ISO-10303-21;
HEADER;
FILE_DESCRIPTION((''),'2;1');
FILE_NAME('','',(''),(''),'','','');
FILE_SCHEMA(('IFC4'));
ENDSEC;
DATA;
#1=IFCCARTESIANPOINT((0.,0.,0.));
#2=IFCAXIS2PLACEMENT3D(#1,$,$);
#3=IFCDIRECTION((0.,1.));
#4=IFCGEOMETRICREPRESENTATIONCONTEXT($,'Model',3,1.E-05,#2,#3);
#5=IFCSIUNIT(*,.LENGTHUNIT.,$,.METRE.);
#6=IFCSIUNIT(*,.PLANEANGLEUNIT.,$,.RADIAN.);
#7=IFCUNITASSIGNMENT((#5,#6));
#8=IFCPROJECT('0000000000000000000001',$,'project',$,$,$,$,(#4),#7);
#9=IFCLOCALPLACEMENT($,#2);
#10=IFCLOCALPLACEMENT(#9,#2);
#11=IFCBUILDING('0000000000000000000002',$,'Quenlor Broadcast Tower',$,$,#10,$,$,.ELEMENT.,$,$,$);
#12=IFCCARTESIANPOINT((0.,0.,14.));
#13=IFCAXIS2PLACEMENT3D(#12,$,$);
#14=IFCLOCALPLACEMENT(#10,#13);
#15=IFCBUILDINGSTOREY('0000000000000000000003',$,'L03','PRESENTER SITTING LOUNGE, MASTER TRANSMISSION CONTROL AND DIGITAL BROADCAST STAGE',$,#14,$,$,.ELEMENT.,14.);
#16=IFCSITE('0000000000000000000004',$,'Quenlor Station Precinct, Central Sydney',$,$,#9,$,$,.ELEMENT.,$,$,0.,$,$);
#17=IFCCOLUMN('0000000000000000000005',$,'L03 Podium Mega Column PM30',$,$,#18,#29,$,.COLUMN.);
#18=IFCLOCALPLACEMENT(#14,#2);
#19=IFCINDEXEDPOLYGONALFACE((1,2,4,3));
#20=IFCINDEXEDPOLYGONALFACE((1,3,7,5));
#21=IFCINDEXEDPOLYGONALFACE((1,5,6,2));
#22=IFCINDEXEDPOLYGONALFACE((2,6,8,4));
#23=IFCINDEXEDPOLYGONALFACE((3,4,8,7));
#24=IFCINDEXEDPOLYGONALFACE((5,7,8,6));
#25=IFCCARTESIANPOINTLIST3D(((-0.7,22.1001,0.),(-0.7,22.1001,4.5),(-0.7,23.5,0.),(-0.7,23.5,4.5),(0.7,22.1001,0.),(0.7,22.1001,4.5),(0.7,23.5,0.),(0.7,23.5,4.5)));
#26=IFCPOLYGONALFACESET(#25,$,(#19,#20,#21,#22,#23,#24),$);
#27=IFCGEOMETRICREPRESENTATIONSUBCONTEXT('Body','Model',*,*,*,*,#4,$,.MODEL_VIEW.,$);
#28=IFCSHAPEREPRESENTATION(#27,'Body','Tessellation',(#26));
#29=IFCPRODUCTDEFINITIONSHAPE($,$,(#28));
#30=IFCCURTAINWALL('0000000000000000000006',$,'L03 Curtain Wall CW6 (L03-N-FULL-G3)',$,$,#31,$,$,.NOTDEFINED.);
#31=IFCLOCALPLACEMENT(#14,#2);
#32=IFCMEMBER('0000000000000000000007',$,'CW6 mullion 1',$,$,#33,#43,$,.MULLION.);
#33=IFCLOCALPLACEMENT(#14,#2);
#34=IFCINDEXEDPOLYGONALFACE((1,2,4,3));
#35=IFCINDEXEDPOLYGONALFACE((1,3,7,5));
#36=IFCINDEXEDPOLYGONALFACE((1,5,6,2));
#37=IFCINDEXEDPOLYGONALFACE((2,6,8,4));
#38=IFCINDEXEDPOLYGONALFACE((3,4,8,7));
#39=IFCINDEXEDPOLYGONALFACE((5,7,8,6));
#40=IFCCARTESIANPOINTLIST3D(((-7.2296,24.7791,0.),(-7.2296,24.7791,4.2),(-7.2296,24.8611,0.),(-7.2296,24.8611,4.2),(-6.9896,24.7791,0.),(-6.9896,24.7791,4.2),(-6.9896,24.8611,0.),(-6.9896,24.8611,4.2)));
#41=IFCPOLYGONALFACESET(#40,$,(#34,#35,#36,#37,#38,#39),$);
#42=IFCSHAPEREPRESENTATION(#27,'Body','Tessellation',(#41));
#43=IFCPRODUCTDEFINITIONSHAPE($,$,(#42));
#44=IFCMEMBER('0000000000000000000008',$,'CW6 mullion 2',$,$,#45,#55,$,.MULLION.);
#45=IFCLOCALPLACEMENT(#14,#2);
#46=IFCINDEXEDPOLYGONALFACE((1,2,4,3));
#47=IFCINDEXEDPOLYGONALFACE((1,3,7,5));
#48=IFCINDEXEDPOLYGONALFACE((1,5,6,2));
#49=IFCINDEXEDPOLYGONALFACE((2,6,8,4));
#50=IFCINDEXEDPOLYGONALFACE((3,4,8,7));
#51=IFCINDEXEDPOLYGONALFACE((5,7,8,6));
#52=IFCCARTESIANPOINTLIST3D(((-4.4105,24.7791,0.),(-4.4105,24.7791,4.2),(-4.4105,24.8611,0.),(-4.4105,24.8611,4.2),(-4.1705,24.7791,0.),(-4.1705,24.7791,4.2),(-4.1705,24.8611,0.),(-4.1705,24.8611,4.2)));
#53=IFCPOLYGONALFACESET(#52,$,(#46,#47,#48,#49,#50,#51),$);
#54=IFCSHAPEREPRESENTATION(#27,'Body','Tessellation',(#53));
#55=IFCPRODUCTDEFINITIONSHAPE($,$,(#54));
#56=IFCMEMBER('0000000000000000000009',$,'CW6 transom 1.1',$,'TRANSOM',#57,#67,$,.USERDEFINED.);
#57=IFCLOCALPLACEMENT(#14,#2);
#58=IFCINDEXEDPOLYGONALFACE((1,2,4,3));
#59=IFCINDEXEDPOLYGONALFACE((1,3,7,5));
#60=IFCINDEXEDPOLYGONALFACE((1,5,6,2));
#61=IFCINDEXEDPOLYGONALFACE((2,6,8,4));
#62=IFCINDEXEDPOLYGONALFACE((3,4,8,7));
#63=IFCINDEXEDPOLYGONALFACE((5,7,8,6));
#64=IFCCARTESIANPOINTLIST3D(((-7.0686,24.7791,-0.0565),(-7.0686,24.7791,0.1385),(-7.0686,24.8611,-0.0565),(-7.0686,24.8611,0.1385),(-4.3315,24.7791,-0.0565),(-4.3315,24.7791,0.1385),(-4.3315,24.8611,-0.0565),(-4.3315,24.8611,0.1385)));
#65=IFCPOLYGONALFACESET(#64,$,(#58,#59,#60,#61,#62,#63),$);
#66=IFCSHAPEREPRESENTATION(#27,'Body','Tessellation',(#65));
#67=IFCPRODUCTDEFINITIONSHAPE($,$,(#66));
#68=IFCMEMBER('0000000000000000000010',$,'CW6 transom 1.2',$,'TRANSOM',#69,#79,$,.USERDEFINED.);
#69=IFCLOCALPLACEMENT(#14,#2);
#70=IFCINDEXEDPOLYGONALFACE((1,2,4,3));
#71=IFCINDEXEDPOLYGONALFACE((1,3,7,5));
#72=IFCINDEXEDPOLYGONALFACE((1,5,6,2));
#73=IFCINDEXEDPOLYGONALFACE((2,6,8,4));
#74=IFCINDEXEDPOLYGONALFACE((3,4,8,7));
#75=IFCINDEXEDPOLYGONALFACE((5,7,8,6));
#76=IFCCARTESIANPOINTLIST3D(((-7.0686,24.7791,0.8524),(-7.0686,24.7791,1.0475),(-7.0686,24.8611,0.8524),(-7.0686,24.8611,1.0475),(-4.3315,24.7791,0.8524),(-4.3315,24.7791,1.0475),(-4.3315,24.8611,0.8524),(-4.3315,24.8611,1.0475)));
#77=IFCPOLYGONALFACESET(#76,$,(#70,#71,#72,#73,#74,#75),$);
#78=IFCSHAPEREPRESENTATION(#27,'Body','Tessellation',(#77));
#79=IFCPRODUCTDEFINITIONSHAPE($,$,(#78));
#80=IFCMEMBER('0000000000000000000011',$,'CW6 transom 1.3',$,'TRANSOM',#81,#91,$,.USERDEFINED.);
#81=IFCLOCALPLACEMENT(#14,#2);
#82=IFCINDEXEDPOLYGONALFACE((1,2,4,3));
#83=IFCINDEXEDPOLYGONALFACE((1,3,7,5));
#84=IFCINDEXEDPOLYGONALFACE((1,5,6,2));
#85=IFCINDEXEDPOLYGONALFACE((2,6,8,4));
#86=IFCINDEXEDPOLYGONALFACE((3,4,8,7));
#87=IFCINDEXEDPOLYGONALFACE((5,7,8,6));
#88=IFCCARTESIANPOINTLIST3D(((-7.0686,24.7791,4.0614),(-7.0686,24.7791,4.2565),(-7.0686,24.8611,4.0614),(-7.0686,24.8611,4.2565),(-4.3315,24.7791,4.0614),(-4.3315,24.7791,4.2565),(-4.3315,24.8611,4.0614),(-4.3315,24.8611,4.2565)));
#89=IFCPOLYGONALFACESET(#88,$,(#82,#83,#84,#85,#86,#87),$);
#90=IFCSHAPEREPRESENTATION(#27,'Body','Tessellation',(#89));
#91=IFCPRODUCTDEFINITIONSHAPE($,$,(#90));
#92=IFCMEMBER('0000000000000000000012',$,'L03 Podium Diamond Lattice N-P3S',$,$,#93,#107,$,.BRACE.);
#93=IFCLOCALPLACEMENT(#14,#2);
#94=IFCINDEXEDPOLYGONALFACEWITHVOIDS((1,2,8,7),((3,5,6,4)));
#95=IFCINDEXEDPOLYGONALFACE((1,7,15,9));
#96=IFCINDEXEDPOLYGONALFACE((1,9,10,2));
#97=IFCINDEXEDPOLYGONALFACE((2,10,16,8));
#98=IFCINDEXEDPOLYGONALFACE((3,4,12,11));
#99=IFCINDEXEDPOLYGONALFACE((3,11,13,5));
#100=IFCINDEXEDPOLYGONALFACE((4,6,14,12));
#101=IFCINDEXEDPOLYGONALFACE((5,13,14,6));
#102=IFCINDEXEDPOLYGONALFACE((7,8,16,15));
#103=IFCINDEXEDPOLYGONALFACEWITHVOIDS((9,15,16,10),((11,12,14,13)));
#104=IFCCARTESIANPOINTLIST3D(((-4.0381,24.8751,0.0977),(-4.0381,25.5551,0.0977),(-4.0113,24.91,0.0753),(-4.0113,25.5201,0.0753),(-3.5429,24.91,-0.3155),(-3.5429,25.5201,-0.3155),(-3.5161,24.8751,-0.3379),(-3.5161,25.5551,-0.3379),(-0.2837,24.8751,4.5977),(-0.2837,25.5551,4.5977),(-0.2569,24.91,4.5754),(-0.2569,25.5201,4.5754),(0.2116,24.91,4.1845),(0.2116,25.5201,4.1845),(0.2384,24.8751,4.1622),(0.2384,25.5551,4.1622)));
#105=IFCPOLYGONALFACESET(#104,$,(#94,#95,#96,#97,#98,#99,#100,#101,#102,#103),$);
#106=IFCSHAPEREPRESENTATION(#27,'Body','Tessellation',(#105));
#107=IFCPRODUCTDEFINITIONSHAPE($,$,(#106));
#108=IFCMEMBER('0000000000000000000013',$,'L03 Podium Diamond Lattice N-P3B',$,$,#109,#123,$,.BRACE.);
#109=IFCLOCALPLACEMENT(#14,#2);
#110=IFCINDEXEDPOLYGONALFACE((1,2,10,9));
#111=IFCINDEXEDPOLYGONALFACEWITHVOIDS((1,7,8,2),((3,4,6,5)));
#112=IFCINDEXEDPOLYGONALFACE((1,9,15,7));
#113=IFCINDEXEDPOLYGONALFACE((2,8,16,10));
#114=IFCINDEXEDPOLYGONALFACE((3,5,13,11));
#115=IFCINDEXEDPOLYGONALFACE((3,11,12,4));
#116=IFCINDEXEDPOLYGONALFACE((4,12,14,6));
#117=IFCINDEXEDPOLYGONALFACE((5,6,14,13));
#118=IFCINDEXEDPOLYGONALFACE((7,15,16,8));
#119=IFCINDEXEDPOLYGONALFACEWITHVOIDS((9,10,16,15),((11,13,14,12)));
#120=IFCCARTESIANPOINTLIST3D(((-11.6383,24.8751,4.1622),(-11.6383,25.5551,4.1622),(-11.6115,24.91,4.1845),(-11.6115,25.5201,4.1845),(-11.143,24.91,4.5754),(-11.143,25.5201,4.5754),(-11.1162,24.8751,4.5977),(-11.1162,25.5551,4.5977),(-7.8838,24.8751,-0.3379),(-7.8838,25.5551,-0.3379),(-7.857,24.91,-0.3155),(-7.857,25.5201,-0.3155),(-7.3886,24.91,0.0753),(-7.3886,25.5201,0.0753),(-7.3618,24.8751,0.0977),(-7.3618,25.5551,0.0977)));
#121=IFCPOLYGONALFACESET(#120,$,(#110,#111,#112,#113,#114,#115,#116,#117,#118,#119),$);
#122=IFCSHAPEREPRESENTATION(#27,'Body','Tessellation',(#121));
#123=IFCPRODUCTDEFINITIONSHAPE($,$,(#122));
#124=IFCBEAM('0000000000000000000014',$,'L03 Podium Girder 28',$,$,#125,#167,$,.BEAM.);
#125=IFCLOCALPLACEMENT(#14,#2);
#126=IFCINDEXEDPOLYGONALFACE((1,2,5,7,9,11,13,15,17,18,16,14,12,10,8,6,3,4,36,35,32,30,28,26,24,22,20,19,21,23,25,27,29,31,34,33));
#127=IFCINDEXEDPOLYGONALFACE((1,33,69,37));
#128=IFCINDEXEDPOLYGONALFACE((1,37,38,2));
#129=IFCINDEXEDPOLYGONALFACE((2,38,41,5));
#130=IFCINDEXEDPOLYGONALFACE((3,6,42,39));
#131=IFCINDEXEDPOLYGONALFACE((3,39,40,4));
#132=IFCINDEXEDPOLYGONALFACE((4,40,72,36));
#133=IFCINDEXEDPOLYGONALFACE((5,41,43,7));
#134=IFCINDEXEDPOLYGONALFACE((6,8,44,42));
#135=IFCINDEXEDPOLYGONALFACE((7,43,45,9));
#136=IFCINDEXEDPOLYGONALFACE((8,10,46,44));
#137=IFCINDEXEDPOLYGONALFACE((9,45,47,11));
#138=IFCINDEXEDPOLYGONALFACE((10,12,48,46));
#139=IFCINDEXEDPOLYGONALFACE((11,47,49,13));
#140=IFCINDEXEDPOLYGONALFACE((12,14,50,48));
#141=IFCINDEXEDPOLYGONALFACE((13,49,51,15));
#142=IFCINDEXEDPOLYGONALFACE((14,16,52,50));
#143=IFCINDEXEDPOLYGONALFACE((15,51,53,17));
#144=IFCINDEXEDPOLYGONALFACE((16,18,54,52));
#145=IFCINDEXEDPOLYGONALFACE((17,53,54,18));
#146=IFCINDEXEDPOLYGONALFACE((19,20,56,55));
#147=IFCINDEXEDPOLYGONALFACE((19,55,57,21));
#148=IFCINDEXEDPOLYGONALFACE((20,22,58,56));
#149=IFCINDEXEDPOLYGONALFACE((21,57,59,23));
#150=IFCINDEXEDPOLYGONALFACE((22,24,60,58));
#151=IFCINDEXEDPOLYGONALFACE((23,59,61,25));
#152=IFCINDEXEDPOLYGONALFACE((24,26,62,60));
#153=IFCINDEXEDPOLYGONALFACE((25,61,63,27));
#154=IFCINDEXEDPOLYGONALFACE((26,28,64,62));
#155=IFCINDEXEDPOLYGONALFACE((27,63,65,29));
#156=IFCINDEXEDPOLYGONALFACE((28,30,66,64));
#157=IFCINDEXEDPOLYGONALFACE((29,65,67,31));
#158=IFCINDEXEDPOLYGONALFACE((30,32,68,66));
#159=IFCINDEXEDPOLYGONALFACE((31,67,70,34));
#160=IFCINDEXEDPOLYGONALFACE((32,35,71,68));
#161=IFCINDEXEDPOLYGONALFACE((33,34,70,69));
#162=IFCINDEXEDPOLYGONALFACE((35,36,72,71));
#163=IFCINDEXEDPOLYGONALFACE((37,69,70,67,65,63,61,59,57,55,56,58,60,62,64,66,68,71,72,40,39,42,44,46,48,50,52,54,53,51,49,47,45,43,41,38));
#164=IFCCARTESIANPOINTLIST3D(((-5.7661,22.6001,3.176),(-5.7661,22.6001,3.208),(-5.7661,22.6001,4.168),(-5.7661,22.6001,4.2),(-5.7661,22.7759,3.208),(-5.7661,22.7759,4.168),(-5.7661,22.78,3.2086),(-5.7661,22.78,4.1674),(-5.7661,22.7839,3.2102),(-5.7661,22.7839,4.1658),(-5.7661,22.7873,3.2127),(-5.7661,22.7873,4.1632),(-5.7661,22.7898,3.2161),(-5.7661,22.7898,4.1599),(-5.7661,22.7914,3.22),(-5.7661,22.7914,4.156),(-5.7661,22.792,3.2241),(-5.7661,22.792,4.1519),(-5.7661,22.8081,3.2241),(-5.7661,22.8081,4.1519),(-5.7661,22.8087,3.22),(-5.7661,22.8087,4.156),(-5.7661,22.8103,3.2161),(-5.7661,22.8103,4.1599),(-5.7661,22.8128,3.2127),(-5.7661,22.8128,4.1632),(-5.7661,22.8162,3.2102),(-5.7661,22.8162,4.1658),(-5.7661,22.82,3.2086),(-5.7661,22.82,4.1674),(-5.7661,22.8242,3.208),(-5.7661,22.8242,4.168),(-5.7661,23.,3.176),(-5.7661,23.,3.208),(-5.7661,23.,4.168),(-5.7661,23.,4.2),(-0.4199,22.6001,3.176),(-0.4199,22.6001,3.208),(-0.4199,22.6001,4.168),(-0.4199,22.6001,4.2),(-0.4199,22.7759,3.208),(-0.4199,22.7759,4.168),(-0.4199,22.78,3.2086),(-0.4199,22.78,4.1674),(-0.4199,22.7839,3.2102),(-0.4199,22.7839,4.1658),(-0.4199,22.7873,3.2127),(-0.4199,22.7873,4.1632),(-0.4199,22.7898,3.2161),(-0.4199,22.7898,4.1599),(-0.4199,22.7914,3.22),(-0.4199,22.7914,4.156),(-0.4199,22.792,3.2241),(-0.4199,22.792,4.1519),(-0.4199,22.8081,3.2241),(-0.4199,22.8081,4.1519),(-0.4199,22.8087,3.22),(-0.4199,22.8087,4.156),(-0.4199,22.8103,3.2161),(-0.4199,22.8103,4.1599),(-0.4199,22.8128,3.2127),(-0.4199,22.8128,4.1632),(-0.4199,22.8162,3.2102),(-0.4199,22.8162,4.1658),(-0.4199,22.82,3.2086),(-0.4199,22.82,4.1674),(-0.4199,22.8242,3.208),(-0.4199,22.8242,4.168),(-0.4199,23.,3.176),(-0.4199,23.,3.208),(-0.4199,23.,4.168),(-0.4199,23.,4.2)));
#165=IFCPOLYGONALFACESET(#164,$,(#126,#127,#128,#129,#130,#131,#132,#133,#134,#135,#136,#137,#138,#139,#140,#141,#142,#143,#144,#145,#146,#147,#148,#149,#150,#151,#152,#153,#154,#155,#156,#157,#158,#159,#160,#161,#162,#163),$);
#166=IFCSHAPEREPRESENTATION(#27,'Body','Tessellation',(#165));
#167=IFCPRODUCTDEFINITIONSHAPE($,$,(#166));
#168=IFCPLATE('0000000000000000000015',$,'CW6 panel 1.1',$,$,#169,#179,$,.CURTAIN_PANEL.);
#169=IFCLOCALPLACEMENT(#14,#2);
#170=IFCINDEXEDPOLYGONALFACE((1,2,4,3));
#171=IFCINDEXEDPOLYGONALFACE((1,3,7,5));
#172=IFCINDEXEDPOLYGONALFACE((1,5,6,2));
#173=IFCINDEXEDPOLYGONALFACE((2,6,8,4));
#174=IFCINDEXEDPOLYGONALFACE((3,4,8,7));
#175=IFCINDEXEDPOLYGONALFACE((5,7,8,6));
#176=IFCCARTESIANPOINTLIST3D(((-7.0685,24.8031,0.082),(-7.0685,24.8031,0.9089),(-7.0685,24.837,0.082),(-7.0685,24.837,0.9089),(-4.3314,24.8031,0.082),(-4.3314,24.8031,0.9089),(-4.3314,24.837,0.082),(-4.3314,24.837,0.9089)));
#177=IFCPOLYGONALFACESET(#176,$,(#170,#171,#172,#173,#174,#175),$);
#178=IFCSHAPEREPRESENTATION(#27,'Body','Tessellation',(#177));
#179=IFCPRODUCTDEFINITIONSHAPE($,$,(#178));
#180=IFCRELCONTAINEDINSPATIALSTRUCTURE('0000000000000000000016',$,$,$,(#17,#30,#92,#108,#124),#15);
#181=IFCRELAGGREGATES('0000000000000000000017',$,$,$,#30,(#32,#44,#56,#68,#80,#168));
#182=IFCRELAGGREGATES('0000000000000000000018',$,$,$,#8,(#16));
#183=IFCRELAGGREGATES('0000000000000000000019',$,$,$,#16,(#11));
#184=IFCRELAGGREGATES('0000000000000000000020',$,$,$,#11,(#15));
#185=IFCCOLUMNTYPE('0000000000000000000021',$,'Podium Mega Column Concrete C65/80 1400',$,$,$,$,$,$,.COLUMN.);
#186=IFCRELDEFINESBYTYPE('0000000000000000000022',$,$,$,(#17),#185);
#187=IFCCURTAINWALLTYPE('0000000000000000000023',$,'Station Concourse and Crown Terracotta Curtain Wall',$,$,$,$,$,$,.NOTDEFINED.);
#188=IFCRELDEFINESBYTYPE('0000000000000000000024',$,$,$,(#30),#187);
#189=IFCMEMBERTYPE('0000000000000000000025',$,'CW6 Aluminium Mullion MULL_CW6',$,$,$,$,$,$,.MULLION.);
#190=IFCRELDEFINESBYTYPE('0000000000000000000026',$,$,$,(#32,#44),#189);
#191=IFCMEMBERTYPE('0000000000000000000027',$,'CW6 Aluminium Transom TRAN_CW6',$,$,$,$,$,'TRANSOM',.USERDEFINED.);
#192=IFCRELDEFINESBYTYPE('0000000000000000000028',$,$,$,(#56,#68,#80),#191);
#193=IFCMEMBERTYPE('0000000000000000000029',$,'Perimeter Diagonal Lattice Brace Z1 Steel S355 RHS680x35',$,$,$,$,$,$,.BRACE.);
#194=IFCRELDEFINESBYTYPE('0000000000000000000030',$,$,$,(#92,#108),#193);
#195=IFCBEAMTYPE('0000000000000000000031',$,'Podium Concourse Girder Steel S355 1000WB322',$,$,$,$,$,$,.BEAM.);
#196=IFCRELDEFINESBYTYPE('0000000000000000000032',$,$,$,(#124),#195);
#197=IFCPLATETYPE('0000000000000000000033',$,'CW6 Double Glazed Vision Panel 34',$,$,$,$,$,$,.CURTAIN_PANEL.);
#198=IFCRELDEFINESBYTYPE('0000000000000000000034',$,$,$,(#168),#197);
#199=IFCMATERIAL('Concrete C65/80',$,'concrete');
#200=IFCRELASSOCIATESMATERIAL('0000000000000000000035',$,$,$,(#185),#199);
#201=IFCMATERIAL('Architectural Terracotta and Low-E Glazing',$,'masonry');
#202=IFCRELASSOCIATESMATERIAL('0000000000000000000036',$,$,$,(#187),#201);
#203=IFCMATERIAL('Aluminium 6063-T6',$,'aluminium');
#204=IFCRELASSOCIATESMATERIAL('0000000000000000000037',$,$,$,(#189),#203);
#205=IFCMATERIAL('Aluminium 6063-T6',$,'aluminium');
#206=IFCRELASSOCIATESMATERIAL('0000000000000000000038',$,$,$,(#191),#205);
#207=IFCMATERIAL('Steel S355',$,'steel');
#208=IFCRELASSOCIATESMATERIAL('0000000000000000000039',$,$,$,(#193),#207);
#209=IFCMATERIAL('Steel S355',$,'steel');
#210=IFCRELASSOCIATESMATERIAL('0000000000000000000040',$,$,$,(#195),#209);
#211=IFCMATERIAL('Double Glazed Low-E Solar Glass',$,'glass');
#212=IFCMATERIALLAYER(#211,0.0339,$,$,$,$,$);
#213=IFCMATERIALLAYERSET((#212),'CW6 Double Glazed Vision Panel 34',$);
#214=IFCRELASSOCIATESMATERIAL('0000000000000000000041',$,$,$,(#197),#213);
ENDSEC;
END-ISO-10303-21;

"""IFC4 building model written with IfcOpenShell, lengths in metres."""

from ifc_helpers import new_model, si_unit, direction, frame, origin, origin_2d, place, context, subcontext, project, spatial, rectangle, hollow_rectangle, i_section, extrude, material, layer, layer_set, material_profile, profile_set, type_object, element, aggregate, save


model = new_model("IFC4")

# Units and contexts
model_context = context("Model", 3, precision=1e-05, world=origin(), true_north=direction((0.0, 1.0)))
body_context = subcontext(model_context, "Body", "Model", "MODEL_VIEW")
ifc_project = project(units=[si_unit("LENGTHUNIT", "METRE"), si_unit("PLANEANGLEUNIT", "RADIAN")], contexts=[model_context])

# Site, building, storey
site_placement = place(None, origin())
site = spatial("IfcSite", under=ifc_project, at=site_placement, Name="Quenlor Station Precinct, Central Sydney", CompositionType="ELEMENT", RefElevation=0.0)
building_placement = place(site_placement, origin())
building = spatial("IfcBuilding", under=site, at=building_placement, Name="Quenlor Broadcast Tower", CompositionType="ELEMENT")
storey_placement = place(building_placement, frame((0.0, 0.0, 14.0)))
storey = spatial("IfcBuildingStorey", under=building, at=storey_placement, Name="L03", Description="PRESENTER SITTING LOUNGE, MASTER TRANSMISSION CONTROL AND DIGITAL BROADCAST STAGE", CompositionType="ELEMENT", Elevation=14.0)

# Column
ifc_material_1 = material(Name="Concrete C65/80", Category="concrete")
ifc_material_profile_1 = material_profile(ifc_material_1, rectangle(XDim=1.3999, YDim=1.3999, at=origin_2d()))
ifc_profile_set_1 = profile_set([ifc_material_profile_1], Name="Concrete C65/80 RC1400x1400")
column_type = type_object("IfcColumnType", Name="Podium Mega Column Concrete C65/80 1400", PredefinedType="COLUMN", material=ifc_profile_set_1)
column_placement = place(storey_placement, frame((0.0, 22.8, 0.0), z_axis=(0.0, 0.0, 1.0), x_axis=(1.0, 0.0, 0.0)))
element("IfcColumn", 1, at=column_placement, inside=storey, type_object=column_type, Name="L03 Podium Mega Column PM30", PredefinedType="COLUMN", context=body_context, shape_type="SweptSolid", body=[
    extrude(rectangle(XDim=1.3999, YDim=1.3999, at=origin_2d()), origin(), (0.0, 0.0, 1.0), 4.5),
])

# Curtain wall, members
ifc_material_2 = material(Name="Architectural Terracotta and Low-E Glazing", Category="masonry")
curtain_wall_type = type_object("IfcCurtainWallType", Name="Station Concourse and Crown Terracotta Curtain Wall", PredefinedType="NOTDEFINED", material=ifc_material_2)
curtain_wall_placement = place(storey_placement, origin())
curtain_wall = element("IfcCurtainWall", 2, at=curtain_wall_placement, inside=storey, type_object=curtain_wall_type, Name="L03 Curtain Wall CW6 (L03-N-FULL-G3)", PredefinedType="NOTDEFINED")
ifc_material_3 = material(Name="Aluminium 6063-T6", Category="aluminium")
ifc_material_profile_2 = material_profile(ifc_material_3, rectangle(XDim=0.082, YDim=0.24, at=origin_2d()))
ifc_profile_set_2 = profile_set([ifc_material_profile_2], Name="Aluminium 6063-T6 MULL82x240")
member_type_1 = type_object("IfcMemberType", Name="CW6 Aluminium Mullion MULL_CW6", PredefinedType="MULLION", material=ifc_profile_set_2)
member_1_placement = place(storey_placement, frame((-7.1096, 24.8201, 0.0), z_axis=(0.0, 0.0, 1.0), x_axis=(0.0, 1.0, 0.0)))
member_1 = element("IfcMember", 3, at=member_1_placement, type_object=member_type_1, Name="CW6 mullion 1", PredefinedType="MULLION", context=body_context, shape_type="SweptSolid", body=[
    extrude(rectangle(XDim=0.082, YDim=0.24, at=origin_2d()), origin(), (0.0, 0.0, 1.0), 4.2),
])
member_2_placement = place(storey_placement, frame((-4.2905, 24.8201, 0.0), z_axis=(0.0, 0.0, 1.0), x_axis=(0.0, 1.0, 0.0)))
member_2 = element("IfcMember", 4, at=member_2_placement, type_object=member_type_1, Name="CW6 mullion 2", PredefinedType="MULLION", context=body_context, shape_type="SweptSolid", body=[
    extrude(rectangle(XDim=0.082, YDim=0.24, at=origin_2d()), origin(), (0.0, 0.0, 1.0), 4.2),
])
ifc_material_4 = material(Name="Aluminium 6063-T6", Category="aluminium")
ifc_material_profile_3 = material_profile(ifc_material_4, rectangle(XDim=0.082, YDim=0.1951, at=origin_2d()))
ifc_profile_set_3 = profile_set([ifc_material_profile_3], Name="Aluminium 6063-T6 TRAN82x195")
member_type_2 = type_object("IfcMemberType", Name="CW6 Aluminium Transom TRAN_CW6", ElementType="TRANSOM", PredefinedType="USERDEFINED", material=ifc_profile_set_3)
member_3_placement = place(storey_placement, frame((-7.0686, 24.8201, 0.041), z_axis=(1.0, 0.0, 0.0), x_axis=(0.0, 1.0, 0.0)))
member_3 = element("IfcMember", 5, at=member_3_placement, type_object=member_type_2, Name="CW6 transom 1.1", ObjectType="TRANSOM", PredefinedType="USERDEFINED", context=body_context, shape_type="SweptSolid", body=[
    extrude(rectangle(XDim=0.082, YDim=0.1951, at=origin_2d()), origin(), (0.0, 0.0, 1.0), 2.7371),
])
member_4_placement = place(storey_placement, frame((-7.0686, 24.8201, 0.95), z_axis=(1.0, 0.0, 0.0), x_axis=(0.0, 1.0, 0.0)))
member_4 = element("IfcMember", 6, at=member_4_placement, type_object=member_type_2, Name="CW6 transom 1.2", ObjectType="TRANSOM", PredefinedType="USERDEFINED", context=body_context, shape_type="SweptSolid", body=[
    extrude(rectangle(XDim=0.082, YDim=0.1951, at=origin_2d()), origin(), (0.0, 0.0, 1.0), 2.7371),
])
member_5_placement = place(storey_placement, frame((-7.0686, 24.8201, 4.1589), z_axis=(1.0, 0.0, 0.0), x_axis=(0.0, 1.0, 0.0)))
member_5 = element("IfcMember", 7, at=member_5_placement, type_object=member_type_2, Name="CW6 transom 1.3", ObjectType="TRANSOM", PredefinedType="USERDEFINED", context=body_context, shape_type="SweptSolid", body=[
    extrude(rectangle(XDim=0.082, YDim=0.1951, at=origin_2d()), origin(), (0.0, 0.0, 1.0), 2.7371),
])

# Members
ifc_material_5 = material(Name="Steel S355", Category="steel")
ifc_material_profile_4 = material_profile(ifc_material_5, hollow_rectangle(XDim=0.6799, YDim=0.6799, WallThickness=0.0349, at=origin_2d()))
ifc_profile_set_4 = profile_set([ifc_material_profile_4], Name="Steel S355 RHS680x680x35")
member_type_3 = type_object("IfcMemberType", Name="Perimeter Diagonal Lattice Brace Z1 Steel S355 RHS680x35", PredefinedType="BRACE", material=ifc_profile_set_4)
for number, where, z_axis, x_axis, name in (
    (8, (-3.7771, 25.2151, -0.1201), (0.640627, 0.0, 0.767852), (0.0, 1.0, 0.0), "L03 Podium Diamond Lattice N-P3S"),
    (9, (-7.6228, 25.2151, -0.1201), (-0.640627, 0.0, 0.767852), (0.0, -1.0, 0.0), "L03 Podium Diamond Lattice N-P3B"),
):
    element("IfcMember", number, at=place(storey_placement, frame(where, z_axis=z_axis, x_axis=x_axis)), inside=storey, type_object=member_type_3, Name=name, PredefinedType="BRACE", context=body_context, shape_type="SweptSolid", body=[
        extrude(hollow_rectangle(XDim=0.6799, YDim=0.6799, WallThickness=0.0349, at=origin_2d()), origin(), (0.0, 0.0, 1.0), 5.8606),
    ])

# Beam
ifc_material_6 = material(Name="Steel S355", Category="steel")
ifc_material_profile_5 = material_profile(ifc_material_6, i_section(OverallWidth=0.3999, OverallDepth=1.0239, WebThickness=0.0161, FlangeThickness=0.032, FilletRadius=0.0161, at=origin_2d()))
ifc_profile_set_5 = profile_set([ifc_material_profile_5], Name="Steel S355 1000WB322")
beam_type = type_object("IfcBeamType", Name="Podium Concourse Girder Steel S355 1000WB322", PredefinedType="BEAM", material=ifc_profile_set_5)
beam_placement = place(storey_placement, frame((-5.7661, 22.8, 3.688), z_axis=(1.0, 0.0, 0.0), x_axis=(0.0, 1.0, 0.0)))
element("IfcBeam", 10, at=beam_placement, inside=storey, type_object=beam_type, Name="L03 Podium Girder 28", PredefinedType="BEAM", context=body_context, shape_type="SweptSolid", body=[
    extrude(i_section(OverallWidth=0.3999, OverallDepth=1.0239, WebThickness=0.0161, FlangeThickness=0.032, FilletRadius=0.0161, at=origin_2d()), origin(), (0.0, 0.0, 1.0), 5.3462),
])

# Plate
ifc_material_7 = material(Name="Double Glazed Low-E Solar Glass", Category="glass")
ifc_layer_1 = layer(ifc_material_7, 0.0339)
ifc_layer_set_1 = layer_set([ifc_layer_1], Name="CW6 Double Glazed Vision Panel 34")
plate_type_1 = type_object("IfcPlateType", Name="CW6 Double Glazed Vision Panel 34", PredefinedType="CURTAIN_PANEL", material=ifc_layer_set_1)
plate_1_placement = place(storey_placement, frame((-5.7, 24.8201, 0.082), z_axis=(0.0, 0.0, 1.0), x_axis=(1.0, 0.0, 0.0)))
plate_1 = element("IfcPlate", 11, at=plate_1_placement, type_object=plate_type_1, Name="CW6 panel 1.1", PredefinedType="CURTAIN_PANEL", context=body_context, shape_type="SweptSolid", body=[
    extrude(rectangle(XDim=2.7371, YDim=0.0339, at=origin_2d()), origin(), (0.0, 0.0, 1.0), 0.8269),
])
aggregate(curtain_wall, [member_1, member_2, member_3, member_4, member_5, plate_1])

save(model, "model.ifc")
